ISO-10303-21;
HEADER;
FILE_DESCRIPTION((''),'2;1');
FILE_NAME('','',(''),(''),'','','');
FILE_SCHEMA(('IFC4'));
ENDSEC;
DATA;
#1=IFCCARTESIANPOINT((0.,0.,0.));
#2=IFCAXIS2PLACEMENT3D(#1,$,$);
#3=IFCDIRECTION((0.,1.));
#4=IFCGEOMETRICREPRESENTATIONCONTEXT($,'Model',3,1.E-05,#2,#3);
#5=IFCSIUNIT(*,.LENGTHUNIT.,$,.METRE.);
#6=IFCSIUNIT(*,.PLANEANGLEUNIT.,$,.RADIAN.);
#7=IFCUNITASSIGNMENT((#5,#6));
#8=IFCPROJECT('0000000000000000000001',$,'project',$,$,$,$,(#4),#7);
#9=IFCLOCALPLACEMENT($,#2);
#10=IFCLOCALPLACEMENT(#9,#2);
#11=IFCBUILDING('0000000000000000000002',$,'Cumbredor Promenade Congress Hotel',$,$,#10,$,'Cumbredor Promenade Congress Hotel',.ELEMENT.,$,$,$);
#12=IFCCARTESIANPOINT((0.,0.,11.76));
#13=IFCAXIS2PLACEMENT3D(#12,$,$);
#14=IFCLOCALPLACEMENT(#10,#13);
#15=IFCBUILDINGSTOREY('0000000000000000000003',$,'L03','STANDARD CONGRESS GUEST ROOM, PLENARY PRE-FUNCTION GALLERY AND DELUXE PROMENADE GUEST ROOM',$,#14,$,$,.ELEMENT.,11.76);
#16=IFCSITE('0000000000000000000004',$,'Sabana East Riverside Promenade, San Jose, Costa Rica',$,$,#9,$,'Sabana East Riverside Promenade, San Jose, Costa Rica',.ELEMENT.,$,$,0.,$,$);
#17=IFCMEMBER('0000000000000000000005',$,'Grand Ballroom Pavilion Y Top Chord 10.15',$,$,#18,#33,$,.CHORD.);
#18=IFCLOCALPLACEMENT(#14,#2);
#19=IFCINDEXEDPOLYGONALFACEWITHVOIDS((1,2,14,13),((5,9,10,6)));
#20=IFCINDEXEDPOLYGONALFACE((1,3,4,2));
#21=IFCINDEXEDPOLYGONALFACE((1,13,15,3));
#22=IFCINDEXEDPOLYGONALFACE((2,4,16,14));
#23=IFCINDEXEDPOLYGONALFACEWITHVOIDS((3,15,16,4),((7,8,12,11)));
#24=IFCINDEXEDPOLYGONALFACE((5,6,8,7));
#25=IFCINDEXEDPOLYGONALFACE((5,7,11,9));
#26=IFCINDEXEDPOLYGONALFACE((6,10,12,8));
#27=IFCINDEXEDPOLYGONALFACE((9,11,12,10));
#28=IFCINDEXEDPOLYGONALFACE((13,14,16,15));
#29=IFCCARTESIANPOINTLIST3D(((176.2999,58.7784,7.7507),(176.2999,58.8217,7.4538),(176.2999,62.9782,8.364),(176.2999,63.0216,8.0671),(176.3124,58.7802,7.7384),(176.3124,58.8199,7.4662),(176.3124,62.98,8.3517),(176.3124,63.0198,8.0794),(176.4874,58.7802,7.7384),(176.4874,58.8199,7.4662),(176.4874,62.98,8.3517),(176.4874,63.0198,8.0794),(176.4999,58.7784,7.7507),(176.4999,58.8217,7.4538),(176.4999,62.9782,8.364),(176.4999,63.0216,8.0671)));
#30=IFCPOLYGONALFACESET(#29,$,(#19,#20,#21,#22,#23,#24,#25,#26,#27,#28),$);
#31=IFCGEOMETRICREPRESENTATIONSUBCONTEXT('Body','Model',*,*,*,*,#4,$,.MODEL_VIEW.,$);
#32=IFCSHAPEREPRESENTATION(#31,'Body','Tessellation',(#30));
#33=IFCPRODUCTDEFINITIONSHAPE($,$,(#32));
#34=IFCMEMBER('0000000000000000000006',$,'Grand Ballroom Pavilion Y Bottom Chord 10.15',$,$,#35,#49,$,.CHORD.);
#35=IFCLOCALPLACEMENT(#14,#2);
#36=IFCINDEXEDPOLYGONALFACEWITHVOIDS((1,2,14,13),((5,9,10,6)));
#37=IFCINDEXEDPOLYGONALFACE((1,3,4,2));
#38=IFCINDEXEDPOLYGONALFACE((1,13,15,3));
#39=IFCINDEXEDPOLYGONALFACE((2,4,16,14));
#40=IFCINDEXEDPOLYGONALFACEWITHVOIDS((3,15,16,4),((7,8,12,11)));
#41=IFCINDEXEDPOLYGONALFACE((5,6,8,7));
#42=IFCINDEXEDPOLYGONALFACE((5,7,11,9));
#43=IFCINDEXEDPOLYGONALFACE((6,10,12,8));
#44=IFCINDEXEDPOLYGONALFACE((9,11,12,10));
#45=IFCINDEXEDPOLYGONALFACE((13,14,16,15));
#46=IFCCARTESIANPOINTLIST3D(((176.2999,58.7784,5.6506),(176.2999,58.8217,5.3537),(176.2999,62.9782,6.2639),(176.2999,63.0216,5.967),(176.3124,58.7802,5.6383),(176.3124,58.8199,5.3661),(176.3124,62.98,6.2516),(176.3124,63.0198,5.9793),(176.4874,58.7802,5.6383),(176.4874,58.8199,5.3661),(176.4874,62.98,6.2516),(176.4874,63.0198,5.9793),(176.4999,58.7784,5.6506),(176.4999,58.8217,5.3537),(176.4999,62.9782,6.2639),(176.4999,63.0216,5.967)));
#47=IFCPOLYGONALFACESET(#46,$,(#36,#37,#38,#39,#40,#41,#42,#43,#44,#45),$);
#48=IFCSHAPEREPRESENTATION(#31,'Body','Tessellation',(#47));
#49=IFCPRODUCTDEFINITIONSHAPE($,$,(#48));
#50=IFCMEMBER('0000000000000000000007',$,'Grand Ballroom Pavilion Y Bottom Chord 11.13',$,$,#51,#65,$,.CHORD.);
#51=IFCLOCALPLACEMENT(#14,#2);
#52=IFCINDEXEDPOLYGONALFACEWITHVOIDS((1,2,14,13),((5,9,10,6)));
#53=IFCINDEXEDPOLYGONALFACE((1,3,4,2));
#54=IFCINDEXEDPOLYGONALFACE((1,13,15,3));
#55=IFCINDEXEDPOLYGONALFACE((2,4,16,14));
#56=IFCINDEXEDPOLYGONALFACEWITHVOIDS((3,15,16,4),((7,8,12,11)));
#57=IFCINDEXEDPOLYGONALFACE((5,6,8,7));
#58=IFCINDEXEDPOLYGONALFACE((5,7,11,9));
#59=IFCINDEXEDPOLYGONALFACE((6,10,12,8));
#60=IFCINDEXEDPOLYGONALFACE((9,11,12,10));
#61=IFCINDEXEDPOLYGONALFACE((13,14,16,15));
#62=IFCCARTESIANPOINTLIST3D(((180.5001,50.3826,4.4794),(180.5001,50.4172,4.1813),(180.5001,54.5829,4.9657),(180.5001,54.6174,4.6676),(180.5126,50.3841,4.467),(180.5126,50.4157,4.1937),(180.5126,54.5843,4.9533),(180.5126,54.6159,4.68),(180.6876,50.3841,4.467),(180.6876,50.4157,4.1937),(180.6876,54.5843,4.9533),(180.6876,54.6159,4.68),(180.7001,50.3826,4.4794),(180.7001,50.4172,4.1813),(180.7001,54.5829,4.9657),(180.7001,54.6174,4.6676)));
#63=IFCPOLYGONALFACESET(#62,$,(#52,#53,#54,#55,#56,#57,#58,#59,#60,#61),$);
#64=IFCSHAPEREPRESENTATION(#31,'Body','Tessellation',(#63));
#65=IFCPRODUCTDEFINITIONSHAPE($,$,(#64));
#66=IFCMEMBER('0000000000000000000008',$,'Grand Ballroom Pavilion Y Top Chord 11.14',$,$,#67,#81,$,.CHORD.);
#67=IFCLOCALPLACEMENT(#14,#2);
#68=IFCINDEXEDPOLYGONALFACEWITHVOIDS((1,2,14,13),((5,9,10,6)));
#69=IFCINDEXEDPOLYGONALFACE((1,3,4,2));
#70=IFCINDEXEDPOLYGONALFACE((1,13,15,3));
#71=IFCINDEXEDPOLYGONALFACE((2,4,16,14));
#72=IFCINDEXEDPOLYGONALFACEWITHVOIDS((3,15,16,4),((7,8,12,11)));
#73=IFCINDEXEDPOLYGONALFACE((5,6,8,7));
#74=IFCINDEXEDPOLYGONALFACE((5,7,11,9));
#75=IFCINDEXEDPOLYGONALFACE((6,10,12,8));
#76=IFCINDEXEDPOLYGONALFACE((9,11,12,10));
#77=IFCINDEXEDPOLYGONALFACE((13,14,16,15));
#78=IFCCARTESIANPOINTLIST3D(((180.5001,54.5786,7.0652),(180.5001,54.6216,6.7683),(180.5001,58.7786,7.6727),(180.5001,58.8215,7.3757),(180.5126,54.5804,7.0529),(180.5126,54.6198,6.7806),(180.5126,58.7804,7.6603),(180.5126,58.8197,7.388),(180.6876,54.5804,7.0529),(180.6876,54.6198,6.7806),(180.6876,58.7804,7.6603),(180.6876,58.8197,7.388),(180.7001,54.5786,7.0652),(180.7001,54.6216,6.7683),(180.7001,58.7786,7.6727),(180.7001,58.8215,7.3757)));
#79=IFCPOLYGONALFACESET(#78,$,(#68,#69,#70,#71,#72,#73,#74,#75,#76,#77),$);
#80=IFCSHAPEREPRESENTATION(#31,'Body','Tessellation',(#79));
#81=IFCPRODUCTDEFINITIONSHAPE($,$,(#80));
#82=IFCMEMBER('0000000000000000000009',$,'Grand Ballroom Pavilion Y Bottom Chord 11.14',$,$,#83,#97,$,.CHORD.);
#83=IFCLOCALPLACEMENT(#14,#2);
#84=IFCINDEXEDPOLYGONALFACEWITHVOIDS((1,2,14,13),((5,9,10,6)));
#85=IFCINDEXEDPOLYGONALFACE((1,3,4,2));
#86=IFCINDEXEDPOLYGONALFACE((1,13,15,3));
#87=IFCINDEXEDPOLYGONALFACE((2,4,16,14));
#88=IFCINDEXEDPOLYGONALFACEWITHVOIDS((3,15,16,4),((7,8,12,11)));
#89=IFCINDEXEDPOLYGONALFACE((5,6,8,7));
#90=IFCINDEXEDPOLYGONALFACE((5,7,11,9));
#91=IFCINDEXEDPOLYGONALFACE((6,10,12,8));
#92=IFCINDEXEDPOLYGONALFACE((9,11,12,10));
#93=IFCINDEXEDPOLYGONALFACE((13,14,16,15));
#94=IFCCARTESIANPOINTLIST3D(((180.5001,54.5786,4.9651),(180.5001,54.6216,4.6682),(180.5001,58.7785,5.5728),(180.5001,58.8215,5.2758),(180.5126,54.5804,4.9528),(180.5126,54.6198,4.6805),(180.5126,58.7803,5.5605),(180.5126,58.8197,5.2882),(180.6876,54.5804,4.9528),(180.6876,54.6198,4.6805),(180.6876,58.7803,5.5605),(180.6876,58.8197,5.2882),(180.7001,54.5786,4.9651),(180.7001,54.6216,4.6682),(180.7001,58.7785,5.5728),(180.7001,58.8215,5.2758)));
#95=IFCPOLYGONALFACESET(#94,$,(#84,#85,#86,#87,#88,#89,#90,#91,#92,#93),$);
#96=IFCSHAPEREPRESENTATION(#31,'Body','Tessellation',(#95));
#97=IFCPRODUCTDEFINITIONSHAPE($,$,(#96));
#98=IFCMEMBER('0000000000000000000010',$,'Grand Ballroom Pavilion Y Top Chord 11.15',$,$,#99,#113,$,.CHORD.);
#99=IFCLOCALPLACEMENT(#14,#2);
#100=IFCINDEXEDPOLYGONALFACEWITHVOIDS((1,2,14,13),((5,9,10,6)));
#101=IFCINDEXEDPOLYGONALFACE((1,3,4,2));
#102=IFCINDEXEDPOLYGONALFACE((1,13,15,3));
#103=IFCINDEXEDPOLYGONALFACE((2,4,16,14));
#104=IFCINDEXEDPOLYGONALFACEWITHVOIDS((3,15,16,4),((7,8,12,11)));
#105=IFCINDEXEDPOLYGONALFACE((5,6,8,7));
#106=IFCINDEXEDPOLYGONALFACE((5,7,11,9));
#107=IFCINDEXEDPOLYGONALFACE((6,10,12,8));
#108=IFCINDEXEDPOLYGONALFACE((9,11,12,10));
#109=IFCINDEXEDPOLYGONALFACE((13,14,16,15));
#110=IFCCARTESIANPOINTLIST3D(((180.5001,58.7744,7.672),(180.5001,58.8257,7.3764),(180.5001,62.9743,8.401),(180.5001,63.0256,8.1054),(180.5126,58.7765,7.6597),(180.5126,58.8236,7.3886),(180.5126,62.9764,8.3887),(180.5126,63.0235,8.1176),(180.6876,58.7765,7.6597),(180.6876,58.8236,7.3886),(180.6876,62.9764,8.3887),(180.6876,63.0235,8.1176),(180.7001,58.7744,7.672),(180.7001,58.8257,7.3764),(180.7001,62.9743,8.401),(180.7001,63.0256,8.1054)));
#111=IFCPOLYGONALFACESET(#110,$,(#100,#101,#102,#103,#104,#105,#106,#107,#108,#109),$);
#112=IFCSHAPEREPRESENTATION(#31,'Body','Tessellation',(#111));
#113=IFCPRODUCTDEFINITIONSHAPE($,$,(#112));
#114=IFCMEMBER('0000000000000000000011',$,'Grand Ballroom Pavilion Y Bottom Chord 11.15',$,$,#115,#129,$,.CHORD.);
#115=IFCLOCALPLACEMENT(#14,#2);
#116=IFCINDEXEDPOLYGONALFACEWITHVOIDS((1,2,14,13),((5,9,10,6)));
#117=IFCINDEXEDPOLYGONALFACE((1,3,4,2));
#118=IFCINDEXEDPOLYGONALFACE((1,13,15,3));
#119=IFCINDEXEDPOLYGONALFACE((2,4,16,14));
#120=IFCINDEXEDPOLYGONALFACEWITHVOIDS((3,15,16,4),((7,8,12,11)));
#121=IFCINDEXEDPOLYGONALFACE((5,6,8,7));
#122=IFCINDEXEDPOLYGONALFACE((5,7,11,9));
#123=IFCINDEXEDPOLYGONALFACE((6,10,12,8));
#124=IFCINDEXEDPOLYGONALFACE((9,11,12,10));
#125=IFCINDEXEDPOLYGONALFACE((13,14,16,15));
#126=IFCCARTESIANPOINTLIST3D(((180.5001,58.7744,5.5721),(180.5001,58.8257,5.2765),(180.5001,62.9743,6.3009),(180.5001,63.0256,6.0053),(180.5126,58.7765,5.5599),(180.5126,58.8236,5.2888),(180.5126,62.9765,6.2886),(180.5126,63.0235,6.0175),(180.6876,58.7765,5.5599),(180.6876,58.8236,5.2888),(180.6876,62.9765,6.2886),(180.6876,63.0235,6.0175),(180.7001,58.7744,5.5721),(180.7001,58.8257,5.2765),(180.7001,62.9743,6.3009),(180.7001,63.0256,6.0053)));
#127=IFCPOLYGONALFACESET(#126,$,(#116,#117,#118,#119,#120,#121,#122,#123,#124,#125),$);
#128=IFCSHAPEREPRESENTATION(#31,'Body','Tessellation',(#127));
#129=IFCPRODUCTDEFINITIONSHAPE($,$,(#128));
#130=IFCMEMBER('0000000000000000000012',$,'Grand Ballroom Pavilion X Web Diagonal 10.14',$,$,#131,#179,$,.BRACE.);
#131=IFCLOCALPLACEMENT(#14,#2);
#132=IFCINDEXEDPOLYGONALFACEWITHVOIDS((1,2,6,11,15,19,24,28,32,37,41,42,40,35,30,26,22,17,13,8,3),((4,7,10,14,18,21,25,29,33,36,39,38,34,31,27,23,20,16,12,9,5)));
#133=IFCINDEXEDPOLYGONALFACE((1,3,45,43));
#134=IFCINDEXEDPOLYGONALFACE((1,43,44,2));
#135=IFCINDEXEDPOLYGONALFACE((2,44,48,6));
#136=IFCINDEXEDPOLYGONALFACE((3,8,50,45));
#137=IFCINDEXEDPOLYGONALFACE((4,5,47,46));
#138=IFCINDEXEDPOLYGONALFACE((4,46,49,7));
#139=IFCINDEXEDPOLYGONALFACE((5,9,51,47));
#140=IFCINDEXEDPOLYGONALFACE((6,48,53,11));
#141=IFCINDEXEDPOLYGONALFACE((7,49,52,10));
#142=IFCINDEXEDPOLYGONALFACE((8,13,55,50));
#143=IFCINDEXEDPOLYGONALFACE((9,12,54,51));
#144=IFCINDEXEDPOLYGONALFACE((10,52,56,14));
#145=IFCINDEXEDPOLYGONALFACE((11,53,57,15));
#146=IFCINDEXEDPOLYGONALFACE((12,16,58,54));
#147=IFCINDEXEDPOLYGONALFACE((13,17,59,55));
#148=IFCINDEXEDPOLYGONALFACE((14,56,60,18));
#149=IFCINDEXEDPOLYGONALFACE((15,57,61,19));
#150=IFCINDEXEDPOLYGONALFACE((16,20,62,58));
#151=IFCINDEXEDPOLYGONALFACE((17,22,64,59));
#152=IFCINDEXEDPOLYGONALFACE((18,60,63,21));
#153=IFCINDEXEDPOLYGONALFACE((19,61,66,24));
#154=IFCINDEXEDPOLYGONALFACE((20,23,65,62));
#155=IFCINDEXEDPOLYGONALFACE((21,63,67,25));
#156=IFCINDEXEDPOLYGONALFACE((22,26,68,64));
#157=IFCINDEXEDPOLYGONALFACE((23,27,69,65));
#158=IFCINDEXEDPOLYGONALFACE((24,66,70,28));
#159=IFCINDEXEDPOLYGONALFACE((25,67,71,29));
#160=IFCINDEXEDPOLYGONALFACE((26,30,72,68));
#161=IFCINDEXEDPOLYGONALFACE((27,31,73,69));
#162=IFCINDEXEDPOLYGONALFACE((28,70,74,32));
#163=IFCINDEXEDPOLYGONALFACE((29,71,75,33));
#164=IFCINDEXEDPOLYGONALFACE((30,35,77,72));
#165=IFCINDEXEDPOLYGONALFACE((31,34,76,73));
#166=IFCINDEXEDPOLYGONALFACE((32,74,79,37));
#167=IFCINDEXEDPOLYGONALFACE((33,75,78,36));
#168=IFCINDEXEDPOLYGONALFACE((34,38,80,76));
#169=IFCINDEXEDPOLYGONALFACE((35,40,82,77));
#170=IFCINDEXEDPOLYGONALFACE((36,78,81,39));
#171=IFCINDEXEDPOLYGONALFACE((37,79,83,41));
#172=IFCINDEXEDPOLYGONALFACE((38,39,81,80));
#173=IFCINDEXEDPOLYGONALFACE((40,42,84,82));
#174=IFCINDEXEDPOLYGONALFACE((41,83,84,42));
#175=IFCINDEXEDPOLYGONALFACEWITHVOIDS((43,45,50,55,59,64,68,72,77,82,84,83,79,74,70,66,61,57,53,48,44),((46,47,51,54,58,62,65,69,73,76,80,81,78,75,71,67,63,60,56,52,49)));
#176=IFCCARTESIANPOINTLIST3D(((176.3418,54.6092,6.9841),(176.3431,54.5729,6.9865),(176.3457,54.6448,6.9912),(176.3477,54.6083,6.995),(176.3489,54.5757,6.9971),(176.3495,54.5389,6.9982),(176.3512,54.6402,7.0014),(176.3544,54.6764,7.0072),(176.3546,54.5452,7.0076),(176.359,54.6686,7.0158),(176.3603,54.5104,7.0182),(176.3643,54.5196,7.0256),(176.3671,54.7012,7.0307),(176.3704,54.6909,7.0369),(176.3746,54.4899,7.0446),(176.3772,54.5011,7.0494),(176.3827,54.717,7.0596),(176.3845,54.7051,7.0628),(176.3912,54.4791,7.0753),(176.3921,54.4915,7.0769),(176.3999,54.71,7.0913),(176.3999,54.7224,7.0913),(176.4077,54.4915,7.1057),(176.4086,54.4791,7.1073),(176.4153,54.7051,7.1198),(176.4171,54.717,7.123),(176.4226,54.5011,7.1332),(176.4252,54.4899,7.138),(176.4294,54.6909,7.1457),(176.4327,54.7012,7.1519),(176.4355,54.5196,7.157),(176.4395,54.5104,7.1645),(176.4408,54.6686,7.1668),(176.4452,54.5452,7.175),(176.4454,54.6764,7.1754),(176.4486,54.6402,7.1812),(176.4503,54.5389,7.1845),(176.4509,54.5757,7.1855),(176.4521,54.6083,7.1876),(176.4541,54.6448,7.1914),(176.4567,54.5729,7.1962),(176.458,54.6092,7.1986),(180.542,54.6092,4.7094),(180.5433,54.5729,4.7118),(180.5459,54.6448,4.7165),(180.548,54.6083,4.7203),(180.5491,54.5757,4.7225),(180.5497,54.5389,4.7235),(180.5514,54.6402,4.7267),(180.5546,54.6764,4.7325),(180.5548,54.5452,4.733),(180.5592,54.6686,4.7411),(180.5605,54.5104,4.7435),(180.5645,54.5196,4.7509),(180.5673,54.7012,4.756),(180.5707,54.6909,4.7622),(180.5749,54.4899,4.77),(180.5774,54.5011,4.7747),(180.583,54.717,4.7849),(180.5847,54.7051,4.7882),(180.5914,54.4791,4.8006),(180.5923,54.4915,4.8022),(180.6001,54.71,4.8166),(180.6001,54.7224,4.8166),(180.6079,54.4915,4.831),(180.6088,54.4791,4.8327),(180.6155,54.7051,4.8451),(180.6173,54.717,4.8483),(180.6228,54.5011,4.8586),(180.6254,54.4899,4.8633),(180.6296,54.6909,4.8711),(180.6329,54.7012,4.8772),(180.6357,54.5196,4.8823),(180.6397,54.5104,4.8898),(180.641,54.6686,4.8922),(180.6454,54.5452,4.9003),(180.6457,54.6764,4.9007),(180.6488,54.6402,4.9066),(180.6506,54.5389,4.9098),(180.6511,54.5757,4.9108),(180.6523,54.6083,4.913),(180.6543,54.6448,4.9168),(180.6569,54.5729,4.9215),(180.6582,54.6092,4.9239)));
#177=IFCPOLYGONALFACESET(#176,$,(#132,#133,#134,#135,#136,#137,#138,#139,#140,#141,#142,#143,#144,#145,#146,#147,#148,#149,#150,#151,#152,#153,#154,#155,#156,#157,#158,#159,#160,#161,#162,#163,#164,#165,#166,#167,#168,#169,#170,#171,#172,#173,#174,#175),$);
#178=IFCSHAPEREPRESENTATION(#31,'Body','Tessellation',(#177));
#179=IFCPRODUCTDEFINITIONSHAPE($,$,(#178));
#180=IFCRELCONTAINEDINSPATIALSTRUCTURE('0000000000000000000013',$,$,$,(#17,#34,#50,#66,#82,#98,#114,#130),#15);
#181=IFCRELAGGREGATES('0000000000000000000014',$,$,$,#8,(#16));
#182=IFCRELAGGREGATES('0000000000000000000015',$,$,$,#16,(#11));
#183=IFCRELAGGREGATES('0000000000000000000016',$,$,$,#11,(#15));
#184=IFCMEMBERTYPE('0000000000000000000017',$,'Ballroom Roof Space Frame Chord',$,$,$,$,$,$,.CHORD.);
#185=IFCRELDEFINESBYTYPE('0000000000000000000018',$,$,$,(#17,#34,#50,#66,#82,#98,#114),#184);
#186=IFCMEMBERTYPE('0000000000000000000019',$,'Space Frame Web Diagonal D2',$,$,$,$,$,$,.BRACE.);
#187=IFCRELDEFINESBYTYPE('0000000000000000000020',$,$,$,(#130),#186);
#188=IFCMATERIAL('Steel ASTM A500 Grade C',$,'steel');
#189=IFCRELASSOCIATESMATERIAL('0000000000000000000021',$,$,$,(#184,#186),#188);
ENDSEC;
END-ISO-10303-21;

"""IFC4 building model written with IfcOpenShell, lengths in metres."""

from ifc_helpers import new_model, si_unit, direction, frame, origin, origin_2d, place, context, subcontext, project, spatial, hollow_rectangle, hollow_circle, extrude, material, material_profile, profile_set, type_object, element, save


model = new_model("IFC4")

# Units and contexts
model_context = context("Model", 3, precision=1e-05, world=origin(), true_north=direction((0.0, 1.0)))
body_context = subcontext(model_context, "Body", "Model", "MODEL_VIEW")
ifc_project = project(units=[si_unit("LENGTHUNIT", "METRE"), si_unit("PLANEANGLEUNIT", "RADIAN")], contexts=[model_context])

# Site, building, storey
site_placement = place(None, origin())
site = spatial("IfcSite", under=ifc_project, at=site_placement, Name="Sabana East Riverside Promenade, San Jose, Costa Rica", LongName="Sabana East Riverside Promenade, San Jose, Costa Rica", CompositionType="ELEMENT", RefElevation=0.0)
building_placement = place(site_placement, origin())
building = spatial("IfcBuilding", under=site, at=building_placement, Name="Cumbredor Promenade Congress Hotel", LongName="Cumbredor Promenade Congress Hotel", CompositionType="ELEMENT")
storey_placement = place(building_placement, frame((0.0, 0.0, 11.76)))
storey = spatial("IfcBuildingStorey", under=building, at=storey_placement, Name="L03", Description="STANDARD CONGRESS GUEST ROOM, PLENARY PRE-FUNCTION GALLERY AND DELUXE PROMENADE GUEST ROOM", CompositionType="ELEMENT", Elevation=11.76)

# Members
ifc_material_1 = material(Name="Steel ASTM A500 Grade C", Category="steel")
ifc_material_profile_1 = material_profile(ifc_material_1, hollow_rectangle(XDim=0.2, YDim=0.3, WallThickness=0.0125, at=origin_2d()), Name="HSS 300x200x12.5")
ifc_profile_set_1 = profile_set([ifc_material_profile_1], Name="Steel ASTM A500 Grade C")
member_type_1 = type_object("IfcMemberType", Name="Ballroom Roof Space Frame Chord", PredefinedType="CHORD", material=ifc_profile_set_1)
for number, where, z_axis, x_axis, name in (
    (1, (176.3999, 58.8, 7.6023), (0.0, 0.989506, 0.144489), (-1.0, 0.0, 0.0), "Grand Ballroom Pavilion Y Top Chord 10.15"),
    (2, (176.3999, 58.8, 5.5022), (0.0, 0.989506, 0.144489), (-1.0, 0.0, 0.0), "Grand Ballroom Pavilion Y Bottom Chord 10.15"),
):
    element("IfcMember", number, at=place(storey_placement, frame(where, z_axis=z_axis, x_axis=x_axis)), inside=storey, type_object=member_type_1, Name=name, PredefinedType="CHORD", context=body_context, shape_type="SweptSolid", body=[
        extrude(hollow_rectangle(XDim=0.2, YDim=0.3, WallThickness=0.0125, at=origin_2d()), origin(), (0.0, 0.0, 1.0), 4.2444),
    ])
member_1_placement = place(storey_placement, frame((180.6001, 50.3999, 4.3303), z_axis=(0.0, 0.993363, 0.115019), x_axis=(-1.0, 0.0, 0.0)))
element("IfcMember", 3, at=member_1_placement, inside=storey, type_object=member_type_1, Name="Grand Ballroom Pavilion Y Bottom Chord 11.13", PredefinedType="CHORD", context=body_context, shape_type="SweptSolid", body=[
    extrude(hollow_rectangle(XDim=0.2, YDim=0.3, WallThickness=0.0125, at=origin_2d()), origin(), (0.0, 0.0, 1.0), 4.2283),
])
for number, where, z_axis, x_axis, name in (
    (4, (180.6001, 54.6001, 6.9167), (0.0, 0.989703, 0.143137), (-1.0, 0.0, 0.0), "Grand Ballroom Pavilion Y Top Chord 11.14"),
    (5, (180.6001, 54.6001, 4.8167), (0.0, 0.989695, 0.143193), (-1.0, 0.0, 0.0), "Grand Ballroom Pavilion Y Bottom Chord 11.14"),
):
    element("IfcMember", number, at=place(storey_placement, frame(where, z_axis=z_axis, x_axis=x_axis)), inside=storey, type_object=member_type_1, Name=name, PredefinedType="CHORD", context=body_context, shape_type="SweptSolid", body=[
        extrude(hollow_rectangle(XDim=0.2, YDim=0.3, WallThickness=0.0125, at=origin_2d()), origin(), (0.0, 0.0, 1.0), 4.2437),
    ])
for number, where, z_axis, x_axis, name in (
    (6, (180.6001, 58.8, 7.5242), (0.0, 0.985268, 0.171017), (-1.0, 0.0, 0.0), "Grand Ballroom Pavilion Y Top Chord 11.15"),
    (7, (180.6001, 58.8, 5.4243), (0.0, 0.985278, 0.170962), (-1.0, 0.0, 0.0), "Grand Ballroom Pavilion Y Bottom Chord 11.15"),
):
    element("IfcMember", number, at=place(storey_placement, frame(where, z_axis=z_axis, x_axis=x_axis)), inside=storey, type_object=member_type_1, Name=name, PredefinedType="CHORD", context=body_context, shape_type="SweptSolid", body=[
        extrude(hollow_rectangle(XDim=0.2, YDim=0.3, WallThickness=0.0125, at=origin_2d()), origin(), (0.0, 0.0, 1.0), 4.2627),
    ])
ifc_material_profile_2 = material_profile(ifc_material_1, hollow_circle(Radius=0.1223, WallThickness=0.0125, at=origin_2d()), Name="CHS 244.5x12.5")
ifc_profile_set_2 = profile_set([ifc_material_profile_2], Name="Steel ASTM A500 Grade C")
member_type_2 = type_object("IfcMemberType", Name="Space Frame Web Diagonal D2", PredefinedType="BRACE", material=ifc_profile_set_2)
member_2_placement = place(storey_placement, frame((176.3999, 54.6001, 7.0913), z_axis=(0.879331, 0.0, -0.476211), x_axis=(0.0, 1.0, 0.0)))
element("IfcMember", 8, at=member_2_placement, inside=storey, type_object=member_type_2, Name="Grand Ballroom Pavilion X Web Diagonal 10.14", PredefinedType="BRACE", context=body_context, shape_type="SweptSolid", body=[
    extrude(hollow_circle(Radius=0.1223, WallThickness=0.0125, at=origin_2d()), origin(), (0.0, 0.0, 1.0), 4.7766),
])

save(model, "model.ifc")
